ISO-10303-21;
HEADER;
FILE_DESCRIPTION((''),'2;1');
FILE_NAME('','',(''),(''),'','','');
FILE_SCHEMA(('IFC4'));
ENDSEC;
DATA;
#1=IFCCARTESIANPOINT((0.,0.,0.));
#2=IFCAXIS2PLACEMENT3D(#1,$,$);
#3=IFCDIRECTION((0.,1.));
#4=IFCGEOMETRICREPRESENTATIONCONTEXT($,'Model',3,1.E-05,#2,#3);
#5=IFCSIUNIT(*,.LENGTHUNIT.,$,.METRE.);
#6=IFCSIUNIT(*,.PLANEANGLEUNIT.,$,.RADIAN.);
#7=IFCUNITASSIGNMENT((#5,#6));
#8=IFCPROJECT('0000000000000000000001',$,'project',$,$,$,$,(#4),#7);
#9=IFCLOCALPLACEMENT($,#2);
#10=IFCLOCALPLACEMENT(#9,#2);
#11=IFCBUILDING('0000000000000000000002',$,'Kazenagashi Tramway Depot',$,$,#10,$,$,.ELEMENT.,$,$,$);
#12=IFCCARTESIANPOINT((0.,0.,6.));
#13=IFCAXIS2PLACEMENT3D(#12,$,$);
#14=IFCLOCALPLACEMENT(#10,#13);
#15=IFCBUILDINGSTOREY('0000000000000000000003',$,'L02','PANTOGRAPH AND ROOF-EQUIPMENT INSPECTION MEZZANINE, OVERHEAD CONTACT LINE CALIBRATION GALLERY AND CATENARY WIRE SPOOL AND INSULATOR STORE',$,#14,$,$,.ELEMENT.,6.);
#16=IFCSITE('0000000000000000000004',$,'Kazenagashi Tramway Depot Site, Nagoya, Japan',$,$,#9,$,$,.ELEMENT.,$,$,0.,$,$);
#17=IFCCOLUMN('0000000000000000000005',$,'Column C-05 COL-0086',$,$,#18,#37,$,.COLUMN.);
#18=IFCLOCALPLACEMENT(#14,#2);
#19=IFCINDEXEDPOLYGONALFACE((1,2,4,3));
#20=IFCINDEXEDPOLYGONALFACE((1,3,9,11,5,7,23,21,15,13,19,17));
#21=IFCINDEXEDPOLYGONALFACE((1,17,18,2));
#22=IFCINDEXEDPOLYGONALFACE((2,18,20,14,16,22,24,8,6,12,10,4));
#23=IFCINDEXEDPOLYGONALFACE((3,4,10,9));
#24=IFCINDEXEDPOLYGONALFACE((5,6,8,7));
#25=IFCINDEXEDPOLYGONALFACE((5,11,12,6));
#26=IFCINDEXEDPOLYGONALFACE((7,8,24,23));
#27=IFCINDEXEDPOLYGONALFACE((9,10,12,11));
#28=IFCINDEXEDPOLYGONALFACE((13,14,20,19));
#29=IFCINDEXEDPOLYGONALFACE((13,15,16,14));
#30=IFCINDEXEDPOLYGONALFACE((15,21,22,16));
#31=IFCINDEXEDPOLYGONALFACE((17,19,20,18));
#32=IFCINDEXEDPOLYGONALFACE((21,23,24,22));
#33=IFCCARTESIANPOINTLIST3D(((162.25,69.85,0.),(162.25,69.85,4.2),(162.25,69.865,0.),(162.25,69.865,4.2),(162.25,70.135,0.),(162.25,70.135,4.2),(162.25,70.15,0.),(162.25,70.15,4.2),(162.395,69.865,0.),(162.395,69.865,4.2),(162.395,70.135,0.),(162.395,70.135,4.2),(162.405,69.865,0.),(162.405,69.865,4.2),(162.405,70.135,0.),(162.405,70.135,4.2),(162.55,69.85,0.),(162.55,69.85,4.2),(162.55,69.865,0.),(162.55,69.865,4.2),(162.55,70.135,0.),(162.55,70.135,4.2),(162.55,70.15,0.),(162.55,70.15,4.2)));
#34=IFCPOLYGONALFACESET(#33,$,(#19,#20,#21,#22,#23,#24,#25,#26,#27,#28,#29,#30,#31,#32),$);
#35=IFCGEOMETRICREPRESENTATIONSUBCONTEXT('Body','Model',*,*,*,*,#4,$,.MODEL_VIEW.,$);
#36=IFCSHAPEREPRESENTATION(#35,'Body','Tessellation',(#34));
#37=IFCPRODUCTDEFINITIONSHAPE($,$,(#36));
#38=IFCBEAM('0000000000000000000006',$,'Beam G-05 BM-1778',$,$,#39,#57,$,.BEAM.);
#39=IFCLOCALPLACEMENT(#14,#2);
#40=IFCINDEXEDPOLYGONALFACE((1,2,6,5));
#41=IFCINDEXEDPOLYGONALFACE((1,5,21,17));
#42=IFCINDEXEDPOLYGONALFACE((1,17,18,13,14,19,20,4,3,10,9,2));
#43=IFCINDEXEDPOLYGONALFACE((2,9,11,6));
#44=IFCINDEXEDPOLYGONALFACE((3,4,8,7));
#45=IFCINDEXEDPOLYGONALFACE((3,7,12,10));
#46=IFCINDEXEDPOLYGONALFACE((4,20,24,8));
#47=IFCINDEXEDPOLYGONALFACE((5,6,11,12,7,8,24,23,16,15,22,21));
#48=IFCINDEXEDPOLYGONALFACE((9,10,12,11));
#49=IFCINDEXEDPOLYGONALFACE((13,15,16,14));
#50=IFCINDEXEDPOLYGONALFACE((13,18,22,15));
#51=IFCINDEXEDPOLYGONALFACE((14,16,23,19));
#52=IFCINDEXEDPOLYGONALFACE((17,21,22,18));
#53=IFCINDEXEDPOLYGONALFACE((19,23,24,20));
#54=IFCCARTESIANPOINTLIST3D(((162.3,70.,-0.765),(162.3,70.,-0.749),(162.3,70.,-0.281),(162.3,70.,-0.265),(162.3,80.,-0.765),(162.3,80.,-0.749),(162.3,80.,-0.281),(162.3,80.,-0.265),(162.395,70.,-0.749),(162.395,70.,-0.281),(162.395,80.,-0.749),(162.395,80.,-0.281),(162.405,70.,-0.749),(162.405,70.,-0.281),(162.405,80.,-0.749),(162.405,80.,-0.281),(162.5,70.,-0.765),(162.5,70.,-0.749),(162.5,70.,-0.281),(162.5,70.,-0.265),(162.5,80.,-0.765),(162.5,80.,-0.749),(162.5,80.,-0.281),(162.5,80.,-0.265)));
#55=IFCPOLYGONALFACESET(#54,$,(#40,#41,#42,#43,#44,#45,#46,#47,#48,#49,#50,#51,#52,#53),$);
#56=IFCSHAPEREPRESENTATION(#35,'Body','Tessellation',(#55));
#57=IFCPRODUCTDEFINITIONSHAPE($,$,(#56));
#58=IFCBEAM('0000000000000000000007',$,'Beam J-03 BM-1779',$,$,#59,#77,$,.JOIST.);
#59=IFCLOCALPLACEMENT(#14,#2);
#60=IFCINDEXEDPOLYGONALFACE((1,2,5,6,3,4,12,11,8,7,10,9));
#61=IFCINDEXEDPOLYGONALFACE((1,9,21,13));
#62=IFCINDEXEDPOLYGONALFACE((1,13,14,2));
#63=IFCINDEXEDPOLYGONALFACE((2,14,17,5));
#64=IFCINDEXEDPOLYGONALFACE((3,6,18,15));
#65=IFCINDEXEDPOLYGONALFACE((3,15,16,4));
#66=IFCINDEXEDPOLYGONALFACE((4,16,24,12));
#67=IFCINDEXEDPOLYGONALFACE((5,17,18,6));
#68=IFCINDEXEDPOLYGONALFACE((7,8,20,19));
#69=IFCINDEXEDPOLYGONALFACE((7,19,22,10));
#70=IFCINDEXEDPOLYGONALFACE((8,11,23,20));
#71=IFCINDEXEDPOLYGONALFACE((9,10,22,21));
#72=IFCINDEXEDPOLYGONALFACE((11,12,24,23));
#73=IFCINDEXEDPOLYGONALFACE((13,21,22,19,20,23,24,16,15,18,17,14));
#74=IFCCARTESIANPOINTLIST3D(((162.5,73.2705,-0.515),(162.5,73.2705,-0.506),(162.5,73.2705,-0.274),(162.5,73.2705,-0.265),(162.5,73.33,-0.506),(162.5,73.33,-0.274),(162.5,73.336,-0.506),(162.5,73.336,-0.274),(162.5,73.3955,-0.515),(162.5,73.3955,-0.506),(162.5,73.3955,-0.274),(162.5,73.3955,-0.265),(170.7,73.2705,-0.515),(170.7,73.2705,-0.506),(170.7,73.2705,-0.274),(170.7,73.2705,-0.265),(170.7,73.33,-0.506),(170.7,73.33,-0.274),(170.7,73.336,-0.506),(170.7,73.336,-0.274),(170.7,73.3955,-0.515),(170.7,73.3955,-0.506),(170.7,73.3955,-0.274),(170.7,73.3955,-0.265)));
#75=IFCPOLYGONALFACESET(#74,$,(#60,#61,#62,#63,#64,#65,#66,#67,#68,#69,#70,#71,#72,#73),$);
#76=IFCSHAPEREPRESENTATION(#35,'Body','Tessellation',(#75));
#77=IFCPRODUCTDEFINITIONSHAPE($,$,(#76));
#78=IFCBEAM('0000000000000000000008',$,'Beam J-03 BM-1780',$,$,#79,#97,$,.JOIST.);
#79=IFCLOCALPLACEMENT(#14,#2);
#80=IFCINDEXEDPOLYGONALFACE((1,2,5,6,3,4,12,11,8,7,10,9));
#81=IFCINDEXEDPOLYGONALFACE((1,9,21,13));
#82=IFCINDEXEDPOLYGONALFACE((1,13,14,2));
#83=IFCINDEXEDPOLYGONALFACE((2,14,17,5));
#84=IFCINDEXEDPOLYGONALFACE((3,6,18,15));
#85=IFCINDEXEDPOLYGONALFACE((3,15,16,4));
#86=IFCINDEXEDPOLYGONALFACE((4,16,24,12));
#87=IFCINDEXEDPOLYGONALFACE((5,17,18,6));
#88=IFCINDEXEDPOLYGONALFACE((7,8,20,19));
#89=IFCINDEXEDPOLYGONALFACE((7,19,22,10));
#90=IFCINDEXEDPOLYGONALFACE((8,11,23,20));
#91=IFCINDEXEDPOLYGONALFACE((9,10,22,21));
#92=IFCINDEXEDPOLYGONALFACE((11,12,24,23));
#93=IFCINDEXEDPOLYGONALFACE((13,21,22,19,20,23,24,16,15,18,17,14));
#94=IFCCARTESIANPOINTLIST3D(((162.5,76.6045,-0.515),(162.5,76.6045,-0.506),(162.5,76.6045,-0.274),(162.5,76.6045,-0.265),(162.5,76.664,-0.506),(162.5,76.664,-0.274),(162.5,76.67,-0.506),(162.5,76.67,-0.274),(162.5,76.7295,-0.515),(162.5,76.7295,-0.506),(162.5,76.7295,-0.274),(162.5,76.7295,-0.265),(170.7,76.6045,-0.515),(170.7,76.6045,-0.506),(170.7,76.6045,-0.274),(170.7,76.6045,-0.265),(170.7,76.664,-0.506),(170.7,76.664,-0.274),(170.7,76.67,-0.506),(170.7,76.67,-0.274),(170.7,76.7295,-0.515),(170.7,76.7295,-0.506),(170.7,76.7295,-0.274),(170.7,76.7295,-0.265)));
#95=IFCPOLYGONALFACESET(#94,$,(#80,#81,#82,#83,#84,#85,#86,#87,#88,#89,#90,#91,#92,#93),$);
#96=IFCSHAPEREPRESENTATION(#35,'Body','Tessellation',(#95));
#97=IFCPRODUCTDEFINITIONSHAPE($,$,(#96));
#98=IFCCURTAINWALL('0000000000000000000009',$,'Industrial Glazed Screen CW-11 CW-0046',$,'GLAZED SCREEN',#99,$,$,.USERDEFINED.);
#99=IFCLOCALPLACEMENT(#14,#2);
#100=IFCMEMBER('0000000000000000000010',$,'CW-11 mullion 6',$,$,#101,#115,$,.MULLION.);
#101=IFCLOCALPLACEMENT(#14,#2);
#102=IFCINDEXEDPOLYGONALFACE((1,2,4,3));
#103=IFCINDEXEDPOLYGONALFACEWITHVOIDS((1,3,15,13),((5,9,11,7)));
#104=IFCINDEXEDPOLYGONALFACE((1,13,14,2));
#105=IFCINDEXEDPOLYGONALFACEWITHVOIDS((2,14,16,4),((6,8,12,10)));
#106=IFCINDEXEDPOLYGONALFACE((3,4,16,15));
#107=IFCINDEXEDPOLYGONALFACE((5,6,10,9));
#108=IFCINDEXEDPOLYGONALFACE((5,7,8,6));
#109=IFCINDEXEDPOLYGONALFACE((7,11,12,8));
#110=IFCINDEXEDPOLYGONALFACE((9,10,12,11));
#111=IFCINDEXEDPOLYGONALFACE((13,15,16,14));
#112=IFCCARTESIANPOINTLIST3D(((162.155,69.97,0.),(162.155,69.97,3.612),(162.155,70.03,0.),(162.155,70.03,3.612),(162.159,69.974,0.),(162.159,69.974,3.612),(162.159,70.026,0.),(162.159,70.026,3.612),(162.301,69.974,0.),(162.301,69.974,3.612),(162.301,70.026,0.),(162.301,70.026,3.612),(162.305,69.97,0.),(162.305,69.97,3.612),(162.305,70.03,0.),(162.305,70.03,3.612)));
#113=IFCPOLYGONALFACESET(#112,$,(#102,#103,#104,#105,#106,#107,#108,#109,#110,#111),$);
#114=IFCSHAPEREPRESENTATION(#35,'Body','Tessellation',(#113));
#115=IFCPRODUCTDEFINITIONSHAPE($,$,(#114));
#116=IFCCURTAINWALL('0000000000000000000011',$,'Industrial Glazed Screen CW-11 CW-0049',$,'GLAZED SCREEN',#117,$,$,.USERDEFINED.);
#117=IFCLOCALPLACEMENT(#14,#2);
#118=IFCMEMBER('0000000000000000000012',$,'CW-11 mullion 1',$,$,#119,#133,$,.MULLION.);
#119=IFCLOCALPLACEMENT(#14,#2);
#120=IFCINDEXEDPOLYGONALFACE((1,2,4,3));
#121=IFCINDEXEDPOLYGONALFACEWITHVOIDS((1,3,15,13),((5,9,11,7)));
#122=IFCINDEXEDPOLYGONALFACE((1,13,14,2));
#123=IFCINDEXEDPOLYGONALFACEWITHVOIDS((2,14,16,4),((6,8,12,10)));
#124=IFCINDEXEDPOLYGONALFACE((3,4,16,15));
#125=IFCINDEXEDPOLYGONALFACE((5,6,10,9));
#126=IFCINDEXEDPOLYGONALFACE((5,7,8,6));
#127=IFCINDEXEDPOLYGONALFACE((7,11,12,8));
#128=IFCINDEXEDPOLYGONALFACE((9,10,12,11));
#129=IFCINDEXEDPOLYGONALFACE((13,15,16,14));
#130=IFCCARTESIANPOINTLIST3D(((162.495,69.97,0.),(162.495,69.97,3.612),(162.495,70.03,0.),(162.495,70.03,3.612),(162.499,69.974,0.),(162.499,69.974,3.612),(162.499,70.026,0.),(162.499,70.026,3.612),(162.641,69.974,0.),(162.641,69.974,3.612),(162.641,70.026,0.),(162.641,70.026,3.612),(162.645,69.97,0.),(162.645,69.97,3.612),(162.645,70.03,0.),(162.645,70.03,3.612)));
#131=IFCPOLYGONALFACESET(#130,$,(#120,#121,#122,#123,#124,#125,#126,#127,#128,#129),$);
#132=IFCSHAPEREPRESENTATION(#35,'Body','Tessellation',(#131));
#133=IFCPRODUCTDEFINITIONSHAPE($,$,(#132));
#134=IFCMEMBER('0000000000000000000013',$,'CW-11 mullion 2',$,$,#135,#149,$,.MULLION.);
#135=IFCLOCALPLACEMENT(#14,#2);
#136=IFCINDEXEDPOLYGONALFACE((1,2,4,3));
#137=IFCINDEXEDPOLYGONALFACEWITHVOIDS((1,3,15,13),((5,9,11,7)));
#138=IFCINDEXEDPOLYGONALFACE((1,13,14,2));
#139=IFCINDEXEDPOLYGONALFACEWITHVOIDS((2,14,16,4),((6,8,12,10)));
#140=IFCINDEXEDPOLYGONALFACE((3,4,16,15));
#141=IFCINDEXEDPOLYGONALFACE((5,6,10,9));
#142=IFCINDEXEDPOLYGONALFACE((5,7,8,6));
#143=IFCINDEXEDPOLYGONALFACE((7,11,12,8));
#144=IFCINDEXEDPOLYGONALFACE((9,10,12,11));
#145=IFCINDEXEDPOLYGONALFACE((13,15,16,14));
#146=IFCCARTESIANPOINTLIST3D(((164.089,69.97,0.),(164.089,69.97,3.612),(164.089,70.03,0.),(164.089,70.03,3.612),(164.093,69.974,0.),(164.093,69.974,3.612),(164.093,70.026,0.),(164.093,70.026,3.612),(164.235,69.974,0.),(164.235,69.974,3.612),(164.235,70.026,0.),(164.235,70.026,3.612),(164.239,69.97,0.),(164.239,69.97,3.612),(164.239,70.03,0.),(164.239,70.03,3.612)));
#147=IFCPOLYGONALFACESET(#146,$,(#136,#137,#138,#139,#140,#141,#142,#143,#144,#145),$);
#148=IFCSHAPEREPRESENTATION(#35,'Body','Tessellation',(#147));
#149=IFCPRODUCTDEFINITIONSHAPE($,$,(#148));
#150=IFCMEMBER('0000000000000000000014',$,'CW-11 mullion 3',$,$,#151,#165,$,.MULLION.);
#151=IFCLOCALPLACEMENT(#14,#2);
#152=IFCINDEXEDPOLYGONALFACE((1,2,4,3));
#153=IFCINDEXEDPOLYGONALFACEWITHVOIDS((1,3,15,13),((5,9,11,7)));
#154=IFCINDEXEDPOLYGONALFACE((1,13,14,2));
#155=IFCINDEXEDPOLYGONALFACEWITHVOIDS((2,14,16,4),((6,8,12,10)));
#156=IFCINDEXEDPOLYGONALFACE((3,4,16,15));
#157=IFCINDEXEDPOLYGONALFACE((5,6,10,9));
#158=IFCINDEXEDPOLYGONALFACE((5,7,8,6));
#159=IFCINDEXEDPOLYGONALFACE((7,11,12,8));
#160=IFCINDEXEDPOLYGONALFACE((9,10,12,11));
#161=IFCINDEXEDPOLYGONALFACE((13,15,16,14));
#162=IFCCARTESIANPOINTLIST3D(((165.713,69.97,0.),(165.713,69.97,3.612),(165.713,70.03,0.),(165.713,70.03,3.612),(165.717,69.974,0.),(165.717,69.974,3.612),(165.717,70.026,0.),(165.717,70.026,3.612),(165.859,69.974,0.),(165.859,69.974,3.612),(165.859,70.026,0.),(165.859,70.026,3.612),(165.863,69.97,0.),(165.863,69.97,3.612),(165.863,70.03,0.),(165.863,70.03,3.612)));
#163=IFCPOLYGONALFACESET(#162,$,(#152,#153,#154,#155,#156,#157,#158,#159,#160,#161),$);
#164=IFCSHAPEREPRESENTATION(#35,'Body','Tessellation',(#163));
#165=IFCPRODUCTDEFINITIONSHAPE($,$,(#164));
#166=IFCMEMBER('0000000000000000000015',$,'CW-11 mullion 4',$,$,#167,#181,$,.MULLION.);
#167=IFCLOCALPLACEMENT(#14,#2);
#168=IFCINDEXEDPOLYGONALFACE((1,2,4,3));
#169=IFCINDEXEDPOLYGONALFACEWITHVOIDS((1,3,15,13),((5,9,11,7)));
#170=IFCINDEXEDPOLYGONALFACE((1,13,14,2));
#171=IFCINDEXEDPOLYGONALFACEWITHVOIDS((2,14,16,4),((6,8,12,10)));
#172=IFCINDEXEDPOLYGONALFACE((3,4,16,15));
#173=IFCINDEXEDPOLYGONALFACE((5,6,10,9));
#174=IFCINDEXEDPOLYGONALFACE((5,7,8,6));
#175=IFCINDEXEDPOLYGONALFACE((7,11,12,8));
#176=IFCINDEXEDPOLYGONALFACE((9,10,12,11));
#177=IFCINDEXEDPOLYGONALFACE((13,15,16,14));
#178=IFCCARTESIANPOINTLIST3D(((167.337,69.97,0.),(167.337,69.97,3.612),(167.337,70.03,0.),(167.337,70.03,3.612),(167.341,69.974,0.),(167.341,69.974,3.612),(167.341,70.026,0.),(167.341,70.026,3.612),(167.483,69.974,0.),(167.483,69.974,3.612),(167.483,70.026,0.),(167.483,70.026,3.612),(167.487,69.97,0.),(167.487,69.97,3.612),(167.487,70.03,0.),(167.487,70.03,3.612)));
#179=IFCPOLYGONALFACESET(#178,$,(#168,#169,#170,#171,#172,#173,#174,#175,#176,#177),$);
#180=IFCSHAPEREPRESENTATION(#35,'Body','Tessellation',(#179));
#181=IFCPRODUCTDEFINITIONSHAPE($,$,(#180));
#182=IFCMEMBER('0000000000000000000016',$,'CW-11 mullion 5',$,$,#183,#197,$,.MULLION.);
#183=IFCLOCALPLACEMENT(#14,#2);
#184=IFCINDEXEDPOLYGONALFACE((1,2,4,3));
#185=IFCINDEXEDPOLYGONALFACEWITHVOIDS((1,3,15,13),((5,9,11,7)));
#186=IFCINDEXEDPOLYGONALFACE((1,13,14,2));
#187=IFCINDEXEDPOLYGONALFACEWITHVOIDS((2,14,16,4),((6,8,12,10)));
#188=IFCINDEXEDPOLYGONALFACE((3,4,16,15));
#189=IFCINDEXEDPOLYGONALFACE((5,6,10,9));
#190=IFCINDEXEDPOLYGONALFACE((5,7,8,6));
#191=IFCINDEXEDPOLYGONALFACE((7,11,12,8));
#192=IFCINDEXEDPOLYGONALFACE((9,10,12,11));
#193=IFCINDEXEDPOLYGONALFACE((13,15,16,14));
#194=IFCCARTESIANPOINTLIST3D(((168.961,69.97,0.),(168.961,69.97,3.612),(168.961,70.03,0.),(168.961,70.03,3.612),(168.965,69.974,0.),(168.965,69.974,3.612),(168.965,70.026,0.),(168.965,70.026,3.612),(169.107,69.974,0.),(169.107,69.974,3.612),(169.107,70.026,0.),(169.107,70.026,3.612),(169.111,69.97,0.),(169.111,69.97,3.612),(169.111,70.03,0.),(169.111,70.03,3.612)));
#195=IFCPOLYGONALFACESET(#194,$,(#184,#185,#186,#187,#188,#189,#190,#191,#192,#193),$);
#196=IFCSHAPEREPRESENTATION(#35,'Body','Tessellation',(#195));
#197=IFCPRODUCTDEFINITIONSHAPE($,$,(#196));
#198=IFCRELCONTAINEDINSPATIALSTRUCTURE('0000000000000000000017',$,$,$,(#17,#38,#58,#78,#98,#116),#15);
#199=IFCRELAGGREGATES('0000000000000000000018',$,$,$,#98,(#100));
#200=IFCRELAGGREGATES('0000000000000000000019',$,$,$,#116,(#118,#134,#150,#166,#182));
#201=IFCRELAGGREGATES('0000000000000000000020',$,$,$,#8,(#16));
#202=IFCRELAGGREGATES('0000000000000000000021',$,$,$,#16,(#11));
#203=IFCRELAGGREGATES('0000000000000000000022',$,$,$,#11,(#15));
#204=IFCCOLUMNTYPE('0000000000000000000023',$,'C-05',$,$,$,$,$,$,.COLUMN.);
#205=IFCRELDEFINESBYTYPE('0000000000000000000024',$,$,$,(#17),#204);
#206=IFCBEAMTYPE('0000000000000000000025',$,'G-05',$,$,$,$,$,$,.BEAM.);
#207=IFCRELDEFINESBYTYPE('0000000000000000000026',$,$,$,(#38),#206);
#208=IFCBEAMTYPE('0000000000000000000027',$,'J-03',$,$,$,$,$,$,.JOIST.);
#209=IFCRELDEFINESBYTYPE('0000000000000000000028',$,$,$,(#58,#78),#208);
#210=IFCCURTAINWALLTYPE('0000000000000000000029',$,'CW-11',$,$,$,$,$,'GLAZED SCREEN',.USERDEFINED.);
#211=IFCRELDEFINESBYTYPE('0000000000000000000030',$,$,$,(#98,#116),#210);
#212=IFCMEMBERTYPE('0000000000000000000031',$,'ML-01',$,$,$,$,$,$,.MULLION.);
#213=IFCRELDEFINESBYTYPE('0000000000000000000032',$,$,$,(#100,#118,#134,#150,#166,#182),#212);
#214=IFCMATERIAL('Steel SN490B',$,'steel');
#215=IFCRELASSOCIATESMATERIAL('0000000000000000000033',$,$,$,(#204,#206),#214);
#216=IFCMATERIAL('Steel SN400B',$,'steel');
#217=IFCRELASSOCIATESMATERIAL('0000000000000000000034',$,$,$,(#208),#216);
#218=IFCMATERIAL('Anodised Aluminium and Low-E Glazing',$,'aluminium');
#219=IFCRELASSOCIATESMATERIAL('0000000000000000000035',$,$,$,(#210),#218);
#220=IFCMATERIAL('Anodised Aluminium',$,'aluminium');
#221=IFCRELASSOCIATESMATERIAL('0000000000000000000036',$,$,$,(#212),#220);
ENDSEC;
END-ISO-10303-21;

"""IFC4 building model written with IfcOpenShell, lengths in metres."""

from ifc_helpers import new_model, si_unit, direction, frame, origin, origin_2d, place, context, subcontext, project, spatial, hollow_rectangle, i_section, extrude, material, material_profile, profile_set, type_object, element, aggregate, save


model = new_model("IFC4")

# Units and contexts
model_context = context("Model", 3, precision=1e-05, world=origin(), true_north=direction((0.0, 1.0)))
body_context = subcontext(model_context, "Body", "Model", "MODEL_VIEW")
ifc_project = project(units=[si_unit("LENGTHUNIT", "METRE"), si_unit("PLANEANGLEUNIT", "RADIAN")], contexts=[model_context])

# Site, building, storey
site_placement = place(None, origin())
site = spatial("IfcSite", under=ifc_project, at=site_placement, Name="Kazenagashi Tramway Depot Site, Nagoya, Japan", CompositionType="ELEMENT", RefElevation=0.0)
building_placement = place(site_placement, origin())
building = spatial("IfcBuilding", under=site, at=building_placement, Name="Kazenagashi Tramway Depot", CompositionType="ELEMENT")
storey_placement = place(building_placement, frame((0.0, 0.0, 6.0)))
storey = spatial("IfcBuildingStorey", under=building, at=storey_placement, Name="L02", Description="PANTOGRAPH AND ROOF-EQUIPMENT INSPECTION MEZZANINE, OVERHEAD CONTACT LINE CALIBRATION GALLERY AND CATENARY WIRE SPOOL AND INSULATOR STORE", CompositionType="ELEMENT", Elevation=6.0)

# Column
ifc_material_1 = material(Name="Steel SN490B", Category="steel")
ifc_material_profile_1 = material_profile(ifc_material_1, i_section(OverallWidth=0.3, OverallDepth=0.3, WebThickness=0.01, FlangeThickness=0.015, at=origin_2d()), Name="H-300x300x10x15")
ifc_profile_set_1 = profile_set([ifc_material_profile_1], Name="Steel SN490B")
column_type = type_object("IfcColumnType", Name="C-05", PredefinedType="COLUMN", material=ifc_profile_set_1)
column_placement = place(storey_placement, frame((162.4, 70.0, 0.0), z_axis=(0.0, 0.0, 1.0), x_axis=(1.0, 0.0, 0.0)))
element("IfcColumn", 1, at=column_placement, inside=storey, type_object=column_type, Name="Column C-05 COL-0086", PredefinedType="COLUMN", context=body_context, shape_type="SweptSolid", body=[
    extrude(i_section(OverallWidth=0.3, OverallDepth=0.3, WebThickness=0.01, FlangeThickness=0.015, at=origin_2d()), origin(), (0.0, 0.0, 1.0), 4.2),
])

# Beams
ifc_material_profile_2 = material_profile(ifc_material_1, i_section(OverallWidth=0.2, OverallDepth=0.5, WebThickness=0.01, FlangeThickness=0.016, at=origin_2d()), Name="H-500x200x10x16")
ifc_profile_set_2 = profile_set([ifc_material_profile_2], Name="Steel SN490B")
beam_type_1 = type_object("IfcBeamType", Name="G-05", PredefinedType="BEAM", material=ifc_profile_set_2)
beam_1_placement = place(storey_placement, frame((162.4, 70.0, -0.515), z_axis=(0.0, 1.0, 0.0), x_axis=(-1.0, 0.0, 0.0)))
element("IfcBeam", 2, at=beam_1_placement, inside=storey, type_object=beam_type_1, Name="Beam G-05 BM-1778", PredefinedType="BEAM", context=body_context, shape_type="SweptSolid", body=[
    extrude(i_section(OverallWidth=0.2, OverallDepth=0.5, WebThickness=0.01, FlangeThickness=0.016, at=origin_2d()), origin(), (0.0, 0.0, 1.0), 10.0),
])
ifc_material_2 = material(Name="Steel SN400B", Category="steel")
ifc_material_profile_3 = material_profile(ifc_material_2, i_section(OverallWidth=0.125, OverallDepth=0.25, WebThickness=0.006, FlangeThickness=0.009, at=origin_2d()), Name="H-250x125x6x9")
ifc_profile_set_3 = profile_set([ifc_material_profile_3], Name="Steel SN400B")
beam_type_2 = type_object("IfcBeamType", Name="J-03", PredefinedType="JOIST", material=ifc_profile_set_3)
for number, where, z_axis, x_axis, name in (
    (3, (162.5, 73.333, -0.39), (1.0, 0.0, 0.0), (0.0, 1.0, 0.0), "Beam J-03 BM-1779"),
    (4, (162.5, 76.667, -0.39), (1.0, 0.0, 0.0), (0.0, 1.0, 0.0), "Beam J-03 BM-1780"),
):
    element("IfcBeam", number, at=place(storey_placement, frame(where, z_axis=z_axis, x_axis=x_axis)), inside=storey, type_object=beam_type_2, Name=name, PredefinedType="JOIST", context=body_context, shape_type="SweptSolid", body=[
        extrude(i_section(OverallWidth=0.125, OverallDepth=0.25, WebThickness=0.006, FlangeThickness=0.009, at=origin_2d()), origin(), (0.0, 0.0, 1.0), 8.2),
    ])

# Curtain wall, member
ifc_material_3 = material(Name="Anodised Aluminium and Low-E Glazing", Category="aluminium")
curtain_wall_type = type_object("IfcCurtainWallType", Name="CW-11", ElementType="GLAZED SCREEN", PredefinedType="USERDEFINED", material=ifc_material_3)
curtain_wall_1_placement = place(storey_placement, origin())
curtain_wall_1 = element("IfcCurtainWall", 5, at=curtain_wall_1_placement, inside=storey, type_object=curtain_wall_type, Name="Industrial Glazed Screen CW-11 CW-0046", ObjectType="GLAZED SCREEN", PredefinedType="USERDEFINED")
ifc_material_4 = material(Name="Anodised Aluminium", Category="aluminium")
ifc_material_profile_4 = material_profile(ifc_material_4, hollow_rectangle(XDim=0.06, YDim=0.15, WallThickness=0.004, at=origin_2d()), Name="RHS-150x60x4")
ifc_profile_set_4 = profile_set([ifc_material_profile_4], Name="Anodised Aluminium")
member_type_1 = type_object("IfcMemberType", Name="ML-01", PredefinedType="MULLION", material=ifc_profile_set_4)
member_1_placement = place(storey_placement, frame((162.23, 70.0, 0.0), z_axis=(0.0, 0.0, 1.0), x_axis=(0.0, 1.0, 0.0)))
member_1 = element("IfcMember", 6, at=member_1_placement, type_object=member_type_1, Name="CW-11 mullion 6", PredefinedType="MULLION", context=body_context, shape_type="SweptSolid", body=[
    extrude(hollow_rectangle(XDim=0.06, YDim=0.15, WallThickness=0.004, at=origin_2d()), origin(), (0.0, 0.0, 1.0), 3.612),
])
aggregate(curtain_wall_1, [member_1])

# Curtain wall, members
curtain_wall_2_placement = place(storey_placement, origin())
curtain_wall_2 = element("IfcCurtainWall", 7, at=curtain_wall_2_placement, inside=storey, type_object=curtain_wall_type, Name="Industrial Glazed Screen CW-11 CW-0049", ObjectType="GLAZED SCREEN", PredefinedType="USERDEFINED")
member_2_placement = place(storey_placement, frame((162.57, 70.0, 0.0), z_axis=(0.0, 0.0, 1.0), x_axis=(0.0, 1.0, 0.0)))
member_2 = element("IfcMember", 8, at=member_2_placement, type_object=member_type_1, Name="CW-11 mullion 1", PredefinedType="MULLION", context=body_context, shape_type="SweptSolid", body=[
    extrude(hollow_rectangle(XDim=0.06, YDim=0.15, WallThickness=0.004, at=origin_2d()), origin(), (0.0, 0.0, 1.0), 3.612),
])
member_3_placement = place(storey_placement, frame((164.164, 70.0, 0.0), z_axis=(0.0, 0.0, 1.0), x_axis=(0.0, 1.0, 0.0)))
member_3 = element("IfcMember", 9, at=member_3_placement, type_object=member_type_1, Name="CW-11 mullion 2", PredefinedType="MULLION", context=body_context, shape_type="SweptSolid", body=[
    extrude(hollow_rectangle(XDim=0.06, YDim=0.15, WallThickness=0.004, at=origin_2d()), origin(), (0.0, 0.0, 1.0), 3.612),
])
member_4_placement = place(storey_placement, frame((165.788, 70.0, 0.0), z_axis=(0.0, 0.0, 1.0), x_axis=(0.0, 1.0, 0.0)))
member_4 = element("IfcMember", 10, at=member_4_placement, type_object=member_type_1, Name="CW-11 mullion 3", PredefinedType="MULLION", context=body_context, shape_type="SweptSolid", body=[
    extrude(hollow_rectangle(XDim=0.06, YDim=0.15, WallThickness=0.004, at=origin_2d()), origin(), (0.0, 0.0, 1.0), 3.612),
])
member_5_placement = place(storey_placement, frame((167.412, 70.0, 0.0), z_axis=(0.0, 0.0, 1.0), x_axis=(0.0, 1.0, 0.0)))
member_5 = element("IfcMember", 11, at=member_5_placement, type_object=member_type_1, Name="CW-11 mullion 4", PredefinedType="MULLION", context=body_context, shape_type="SweptSolid", body=[
    extrude(hollow_rectangle(XDim=0.06, YDim=0.15, WallThickness=0.004, at=origin_2d()), origin(), (0.0, 0.0, 1.0), 3.612),
])
member_6_placement = place(storey_placement, frame((169.036, 70.0, 0.0), z_axis=(0.0, 0.0, 1.0), x_axis=(0.0, 1.0, 0.0)))
member_6 = element("IfcMember", 12, at=member_6_placement, type_object=member_type_1, Name="CW-11 mullion 5", PredefinedType="MULLION", context=body_context, shape_type="SweptSolid", body=[
    extrude(hollow_rectangle(XDim=0.06, YDim=0.15, WallThickness=0.004, at=origin_2d()), origin(), (0.0, 0.0, 1.0), 3.612),
])

aggregate(curtain_wall_2, [member_2, member_3, member_4, member_5, member_6])

save(model, "model.ifc")
